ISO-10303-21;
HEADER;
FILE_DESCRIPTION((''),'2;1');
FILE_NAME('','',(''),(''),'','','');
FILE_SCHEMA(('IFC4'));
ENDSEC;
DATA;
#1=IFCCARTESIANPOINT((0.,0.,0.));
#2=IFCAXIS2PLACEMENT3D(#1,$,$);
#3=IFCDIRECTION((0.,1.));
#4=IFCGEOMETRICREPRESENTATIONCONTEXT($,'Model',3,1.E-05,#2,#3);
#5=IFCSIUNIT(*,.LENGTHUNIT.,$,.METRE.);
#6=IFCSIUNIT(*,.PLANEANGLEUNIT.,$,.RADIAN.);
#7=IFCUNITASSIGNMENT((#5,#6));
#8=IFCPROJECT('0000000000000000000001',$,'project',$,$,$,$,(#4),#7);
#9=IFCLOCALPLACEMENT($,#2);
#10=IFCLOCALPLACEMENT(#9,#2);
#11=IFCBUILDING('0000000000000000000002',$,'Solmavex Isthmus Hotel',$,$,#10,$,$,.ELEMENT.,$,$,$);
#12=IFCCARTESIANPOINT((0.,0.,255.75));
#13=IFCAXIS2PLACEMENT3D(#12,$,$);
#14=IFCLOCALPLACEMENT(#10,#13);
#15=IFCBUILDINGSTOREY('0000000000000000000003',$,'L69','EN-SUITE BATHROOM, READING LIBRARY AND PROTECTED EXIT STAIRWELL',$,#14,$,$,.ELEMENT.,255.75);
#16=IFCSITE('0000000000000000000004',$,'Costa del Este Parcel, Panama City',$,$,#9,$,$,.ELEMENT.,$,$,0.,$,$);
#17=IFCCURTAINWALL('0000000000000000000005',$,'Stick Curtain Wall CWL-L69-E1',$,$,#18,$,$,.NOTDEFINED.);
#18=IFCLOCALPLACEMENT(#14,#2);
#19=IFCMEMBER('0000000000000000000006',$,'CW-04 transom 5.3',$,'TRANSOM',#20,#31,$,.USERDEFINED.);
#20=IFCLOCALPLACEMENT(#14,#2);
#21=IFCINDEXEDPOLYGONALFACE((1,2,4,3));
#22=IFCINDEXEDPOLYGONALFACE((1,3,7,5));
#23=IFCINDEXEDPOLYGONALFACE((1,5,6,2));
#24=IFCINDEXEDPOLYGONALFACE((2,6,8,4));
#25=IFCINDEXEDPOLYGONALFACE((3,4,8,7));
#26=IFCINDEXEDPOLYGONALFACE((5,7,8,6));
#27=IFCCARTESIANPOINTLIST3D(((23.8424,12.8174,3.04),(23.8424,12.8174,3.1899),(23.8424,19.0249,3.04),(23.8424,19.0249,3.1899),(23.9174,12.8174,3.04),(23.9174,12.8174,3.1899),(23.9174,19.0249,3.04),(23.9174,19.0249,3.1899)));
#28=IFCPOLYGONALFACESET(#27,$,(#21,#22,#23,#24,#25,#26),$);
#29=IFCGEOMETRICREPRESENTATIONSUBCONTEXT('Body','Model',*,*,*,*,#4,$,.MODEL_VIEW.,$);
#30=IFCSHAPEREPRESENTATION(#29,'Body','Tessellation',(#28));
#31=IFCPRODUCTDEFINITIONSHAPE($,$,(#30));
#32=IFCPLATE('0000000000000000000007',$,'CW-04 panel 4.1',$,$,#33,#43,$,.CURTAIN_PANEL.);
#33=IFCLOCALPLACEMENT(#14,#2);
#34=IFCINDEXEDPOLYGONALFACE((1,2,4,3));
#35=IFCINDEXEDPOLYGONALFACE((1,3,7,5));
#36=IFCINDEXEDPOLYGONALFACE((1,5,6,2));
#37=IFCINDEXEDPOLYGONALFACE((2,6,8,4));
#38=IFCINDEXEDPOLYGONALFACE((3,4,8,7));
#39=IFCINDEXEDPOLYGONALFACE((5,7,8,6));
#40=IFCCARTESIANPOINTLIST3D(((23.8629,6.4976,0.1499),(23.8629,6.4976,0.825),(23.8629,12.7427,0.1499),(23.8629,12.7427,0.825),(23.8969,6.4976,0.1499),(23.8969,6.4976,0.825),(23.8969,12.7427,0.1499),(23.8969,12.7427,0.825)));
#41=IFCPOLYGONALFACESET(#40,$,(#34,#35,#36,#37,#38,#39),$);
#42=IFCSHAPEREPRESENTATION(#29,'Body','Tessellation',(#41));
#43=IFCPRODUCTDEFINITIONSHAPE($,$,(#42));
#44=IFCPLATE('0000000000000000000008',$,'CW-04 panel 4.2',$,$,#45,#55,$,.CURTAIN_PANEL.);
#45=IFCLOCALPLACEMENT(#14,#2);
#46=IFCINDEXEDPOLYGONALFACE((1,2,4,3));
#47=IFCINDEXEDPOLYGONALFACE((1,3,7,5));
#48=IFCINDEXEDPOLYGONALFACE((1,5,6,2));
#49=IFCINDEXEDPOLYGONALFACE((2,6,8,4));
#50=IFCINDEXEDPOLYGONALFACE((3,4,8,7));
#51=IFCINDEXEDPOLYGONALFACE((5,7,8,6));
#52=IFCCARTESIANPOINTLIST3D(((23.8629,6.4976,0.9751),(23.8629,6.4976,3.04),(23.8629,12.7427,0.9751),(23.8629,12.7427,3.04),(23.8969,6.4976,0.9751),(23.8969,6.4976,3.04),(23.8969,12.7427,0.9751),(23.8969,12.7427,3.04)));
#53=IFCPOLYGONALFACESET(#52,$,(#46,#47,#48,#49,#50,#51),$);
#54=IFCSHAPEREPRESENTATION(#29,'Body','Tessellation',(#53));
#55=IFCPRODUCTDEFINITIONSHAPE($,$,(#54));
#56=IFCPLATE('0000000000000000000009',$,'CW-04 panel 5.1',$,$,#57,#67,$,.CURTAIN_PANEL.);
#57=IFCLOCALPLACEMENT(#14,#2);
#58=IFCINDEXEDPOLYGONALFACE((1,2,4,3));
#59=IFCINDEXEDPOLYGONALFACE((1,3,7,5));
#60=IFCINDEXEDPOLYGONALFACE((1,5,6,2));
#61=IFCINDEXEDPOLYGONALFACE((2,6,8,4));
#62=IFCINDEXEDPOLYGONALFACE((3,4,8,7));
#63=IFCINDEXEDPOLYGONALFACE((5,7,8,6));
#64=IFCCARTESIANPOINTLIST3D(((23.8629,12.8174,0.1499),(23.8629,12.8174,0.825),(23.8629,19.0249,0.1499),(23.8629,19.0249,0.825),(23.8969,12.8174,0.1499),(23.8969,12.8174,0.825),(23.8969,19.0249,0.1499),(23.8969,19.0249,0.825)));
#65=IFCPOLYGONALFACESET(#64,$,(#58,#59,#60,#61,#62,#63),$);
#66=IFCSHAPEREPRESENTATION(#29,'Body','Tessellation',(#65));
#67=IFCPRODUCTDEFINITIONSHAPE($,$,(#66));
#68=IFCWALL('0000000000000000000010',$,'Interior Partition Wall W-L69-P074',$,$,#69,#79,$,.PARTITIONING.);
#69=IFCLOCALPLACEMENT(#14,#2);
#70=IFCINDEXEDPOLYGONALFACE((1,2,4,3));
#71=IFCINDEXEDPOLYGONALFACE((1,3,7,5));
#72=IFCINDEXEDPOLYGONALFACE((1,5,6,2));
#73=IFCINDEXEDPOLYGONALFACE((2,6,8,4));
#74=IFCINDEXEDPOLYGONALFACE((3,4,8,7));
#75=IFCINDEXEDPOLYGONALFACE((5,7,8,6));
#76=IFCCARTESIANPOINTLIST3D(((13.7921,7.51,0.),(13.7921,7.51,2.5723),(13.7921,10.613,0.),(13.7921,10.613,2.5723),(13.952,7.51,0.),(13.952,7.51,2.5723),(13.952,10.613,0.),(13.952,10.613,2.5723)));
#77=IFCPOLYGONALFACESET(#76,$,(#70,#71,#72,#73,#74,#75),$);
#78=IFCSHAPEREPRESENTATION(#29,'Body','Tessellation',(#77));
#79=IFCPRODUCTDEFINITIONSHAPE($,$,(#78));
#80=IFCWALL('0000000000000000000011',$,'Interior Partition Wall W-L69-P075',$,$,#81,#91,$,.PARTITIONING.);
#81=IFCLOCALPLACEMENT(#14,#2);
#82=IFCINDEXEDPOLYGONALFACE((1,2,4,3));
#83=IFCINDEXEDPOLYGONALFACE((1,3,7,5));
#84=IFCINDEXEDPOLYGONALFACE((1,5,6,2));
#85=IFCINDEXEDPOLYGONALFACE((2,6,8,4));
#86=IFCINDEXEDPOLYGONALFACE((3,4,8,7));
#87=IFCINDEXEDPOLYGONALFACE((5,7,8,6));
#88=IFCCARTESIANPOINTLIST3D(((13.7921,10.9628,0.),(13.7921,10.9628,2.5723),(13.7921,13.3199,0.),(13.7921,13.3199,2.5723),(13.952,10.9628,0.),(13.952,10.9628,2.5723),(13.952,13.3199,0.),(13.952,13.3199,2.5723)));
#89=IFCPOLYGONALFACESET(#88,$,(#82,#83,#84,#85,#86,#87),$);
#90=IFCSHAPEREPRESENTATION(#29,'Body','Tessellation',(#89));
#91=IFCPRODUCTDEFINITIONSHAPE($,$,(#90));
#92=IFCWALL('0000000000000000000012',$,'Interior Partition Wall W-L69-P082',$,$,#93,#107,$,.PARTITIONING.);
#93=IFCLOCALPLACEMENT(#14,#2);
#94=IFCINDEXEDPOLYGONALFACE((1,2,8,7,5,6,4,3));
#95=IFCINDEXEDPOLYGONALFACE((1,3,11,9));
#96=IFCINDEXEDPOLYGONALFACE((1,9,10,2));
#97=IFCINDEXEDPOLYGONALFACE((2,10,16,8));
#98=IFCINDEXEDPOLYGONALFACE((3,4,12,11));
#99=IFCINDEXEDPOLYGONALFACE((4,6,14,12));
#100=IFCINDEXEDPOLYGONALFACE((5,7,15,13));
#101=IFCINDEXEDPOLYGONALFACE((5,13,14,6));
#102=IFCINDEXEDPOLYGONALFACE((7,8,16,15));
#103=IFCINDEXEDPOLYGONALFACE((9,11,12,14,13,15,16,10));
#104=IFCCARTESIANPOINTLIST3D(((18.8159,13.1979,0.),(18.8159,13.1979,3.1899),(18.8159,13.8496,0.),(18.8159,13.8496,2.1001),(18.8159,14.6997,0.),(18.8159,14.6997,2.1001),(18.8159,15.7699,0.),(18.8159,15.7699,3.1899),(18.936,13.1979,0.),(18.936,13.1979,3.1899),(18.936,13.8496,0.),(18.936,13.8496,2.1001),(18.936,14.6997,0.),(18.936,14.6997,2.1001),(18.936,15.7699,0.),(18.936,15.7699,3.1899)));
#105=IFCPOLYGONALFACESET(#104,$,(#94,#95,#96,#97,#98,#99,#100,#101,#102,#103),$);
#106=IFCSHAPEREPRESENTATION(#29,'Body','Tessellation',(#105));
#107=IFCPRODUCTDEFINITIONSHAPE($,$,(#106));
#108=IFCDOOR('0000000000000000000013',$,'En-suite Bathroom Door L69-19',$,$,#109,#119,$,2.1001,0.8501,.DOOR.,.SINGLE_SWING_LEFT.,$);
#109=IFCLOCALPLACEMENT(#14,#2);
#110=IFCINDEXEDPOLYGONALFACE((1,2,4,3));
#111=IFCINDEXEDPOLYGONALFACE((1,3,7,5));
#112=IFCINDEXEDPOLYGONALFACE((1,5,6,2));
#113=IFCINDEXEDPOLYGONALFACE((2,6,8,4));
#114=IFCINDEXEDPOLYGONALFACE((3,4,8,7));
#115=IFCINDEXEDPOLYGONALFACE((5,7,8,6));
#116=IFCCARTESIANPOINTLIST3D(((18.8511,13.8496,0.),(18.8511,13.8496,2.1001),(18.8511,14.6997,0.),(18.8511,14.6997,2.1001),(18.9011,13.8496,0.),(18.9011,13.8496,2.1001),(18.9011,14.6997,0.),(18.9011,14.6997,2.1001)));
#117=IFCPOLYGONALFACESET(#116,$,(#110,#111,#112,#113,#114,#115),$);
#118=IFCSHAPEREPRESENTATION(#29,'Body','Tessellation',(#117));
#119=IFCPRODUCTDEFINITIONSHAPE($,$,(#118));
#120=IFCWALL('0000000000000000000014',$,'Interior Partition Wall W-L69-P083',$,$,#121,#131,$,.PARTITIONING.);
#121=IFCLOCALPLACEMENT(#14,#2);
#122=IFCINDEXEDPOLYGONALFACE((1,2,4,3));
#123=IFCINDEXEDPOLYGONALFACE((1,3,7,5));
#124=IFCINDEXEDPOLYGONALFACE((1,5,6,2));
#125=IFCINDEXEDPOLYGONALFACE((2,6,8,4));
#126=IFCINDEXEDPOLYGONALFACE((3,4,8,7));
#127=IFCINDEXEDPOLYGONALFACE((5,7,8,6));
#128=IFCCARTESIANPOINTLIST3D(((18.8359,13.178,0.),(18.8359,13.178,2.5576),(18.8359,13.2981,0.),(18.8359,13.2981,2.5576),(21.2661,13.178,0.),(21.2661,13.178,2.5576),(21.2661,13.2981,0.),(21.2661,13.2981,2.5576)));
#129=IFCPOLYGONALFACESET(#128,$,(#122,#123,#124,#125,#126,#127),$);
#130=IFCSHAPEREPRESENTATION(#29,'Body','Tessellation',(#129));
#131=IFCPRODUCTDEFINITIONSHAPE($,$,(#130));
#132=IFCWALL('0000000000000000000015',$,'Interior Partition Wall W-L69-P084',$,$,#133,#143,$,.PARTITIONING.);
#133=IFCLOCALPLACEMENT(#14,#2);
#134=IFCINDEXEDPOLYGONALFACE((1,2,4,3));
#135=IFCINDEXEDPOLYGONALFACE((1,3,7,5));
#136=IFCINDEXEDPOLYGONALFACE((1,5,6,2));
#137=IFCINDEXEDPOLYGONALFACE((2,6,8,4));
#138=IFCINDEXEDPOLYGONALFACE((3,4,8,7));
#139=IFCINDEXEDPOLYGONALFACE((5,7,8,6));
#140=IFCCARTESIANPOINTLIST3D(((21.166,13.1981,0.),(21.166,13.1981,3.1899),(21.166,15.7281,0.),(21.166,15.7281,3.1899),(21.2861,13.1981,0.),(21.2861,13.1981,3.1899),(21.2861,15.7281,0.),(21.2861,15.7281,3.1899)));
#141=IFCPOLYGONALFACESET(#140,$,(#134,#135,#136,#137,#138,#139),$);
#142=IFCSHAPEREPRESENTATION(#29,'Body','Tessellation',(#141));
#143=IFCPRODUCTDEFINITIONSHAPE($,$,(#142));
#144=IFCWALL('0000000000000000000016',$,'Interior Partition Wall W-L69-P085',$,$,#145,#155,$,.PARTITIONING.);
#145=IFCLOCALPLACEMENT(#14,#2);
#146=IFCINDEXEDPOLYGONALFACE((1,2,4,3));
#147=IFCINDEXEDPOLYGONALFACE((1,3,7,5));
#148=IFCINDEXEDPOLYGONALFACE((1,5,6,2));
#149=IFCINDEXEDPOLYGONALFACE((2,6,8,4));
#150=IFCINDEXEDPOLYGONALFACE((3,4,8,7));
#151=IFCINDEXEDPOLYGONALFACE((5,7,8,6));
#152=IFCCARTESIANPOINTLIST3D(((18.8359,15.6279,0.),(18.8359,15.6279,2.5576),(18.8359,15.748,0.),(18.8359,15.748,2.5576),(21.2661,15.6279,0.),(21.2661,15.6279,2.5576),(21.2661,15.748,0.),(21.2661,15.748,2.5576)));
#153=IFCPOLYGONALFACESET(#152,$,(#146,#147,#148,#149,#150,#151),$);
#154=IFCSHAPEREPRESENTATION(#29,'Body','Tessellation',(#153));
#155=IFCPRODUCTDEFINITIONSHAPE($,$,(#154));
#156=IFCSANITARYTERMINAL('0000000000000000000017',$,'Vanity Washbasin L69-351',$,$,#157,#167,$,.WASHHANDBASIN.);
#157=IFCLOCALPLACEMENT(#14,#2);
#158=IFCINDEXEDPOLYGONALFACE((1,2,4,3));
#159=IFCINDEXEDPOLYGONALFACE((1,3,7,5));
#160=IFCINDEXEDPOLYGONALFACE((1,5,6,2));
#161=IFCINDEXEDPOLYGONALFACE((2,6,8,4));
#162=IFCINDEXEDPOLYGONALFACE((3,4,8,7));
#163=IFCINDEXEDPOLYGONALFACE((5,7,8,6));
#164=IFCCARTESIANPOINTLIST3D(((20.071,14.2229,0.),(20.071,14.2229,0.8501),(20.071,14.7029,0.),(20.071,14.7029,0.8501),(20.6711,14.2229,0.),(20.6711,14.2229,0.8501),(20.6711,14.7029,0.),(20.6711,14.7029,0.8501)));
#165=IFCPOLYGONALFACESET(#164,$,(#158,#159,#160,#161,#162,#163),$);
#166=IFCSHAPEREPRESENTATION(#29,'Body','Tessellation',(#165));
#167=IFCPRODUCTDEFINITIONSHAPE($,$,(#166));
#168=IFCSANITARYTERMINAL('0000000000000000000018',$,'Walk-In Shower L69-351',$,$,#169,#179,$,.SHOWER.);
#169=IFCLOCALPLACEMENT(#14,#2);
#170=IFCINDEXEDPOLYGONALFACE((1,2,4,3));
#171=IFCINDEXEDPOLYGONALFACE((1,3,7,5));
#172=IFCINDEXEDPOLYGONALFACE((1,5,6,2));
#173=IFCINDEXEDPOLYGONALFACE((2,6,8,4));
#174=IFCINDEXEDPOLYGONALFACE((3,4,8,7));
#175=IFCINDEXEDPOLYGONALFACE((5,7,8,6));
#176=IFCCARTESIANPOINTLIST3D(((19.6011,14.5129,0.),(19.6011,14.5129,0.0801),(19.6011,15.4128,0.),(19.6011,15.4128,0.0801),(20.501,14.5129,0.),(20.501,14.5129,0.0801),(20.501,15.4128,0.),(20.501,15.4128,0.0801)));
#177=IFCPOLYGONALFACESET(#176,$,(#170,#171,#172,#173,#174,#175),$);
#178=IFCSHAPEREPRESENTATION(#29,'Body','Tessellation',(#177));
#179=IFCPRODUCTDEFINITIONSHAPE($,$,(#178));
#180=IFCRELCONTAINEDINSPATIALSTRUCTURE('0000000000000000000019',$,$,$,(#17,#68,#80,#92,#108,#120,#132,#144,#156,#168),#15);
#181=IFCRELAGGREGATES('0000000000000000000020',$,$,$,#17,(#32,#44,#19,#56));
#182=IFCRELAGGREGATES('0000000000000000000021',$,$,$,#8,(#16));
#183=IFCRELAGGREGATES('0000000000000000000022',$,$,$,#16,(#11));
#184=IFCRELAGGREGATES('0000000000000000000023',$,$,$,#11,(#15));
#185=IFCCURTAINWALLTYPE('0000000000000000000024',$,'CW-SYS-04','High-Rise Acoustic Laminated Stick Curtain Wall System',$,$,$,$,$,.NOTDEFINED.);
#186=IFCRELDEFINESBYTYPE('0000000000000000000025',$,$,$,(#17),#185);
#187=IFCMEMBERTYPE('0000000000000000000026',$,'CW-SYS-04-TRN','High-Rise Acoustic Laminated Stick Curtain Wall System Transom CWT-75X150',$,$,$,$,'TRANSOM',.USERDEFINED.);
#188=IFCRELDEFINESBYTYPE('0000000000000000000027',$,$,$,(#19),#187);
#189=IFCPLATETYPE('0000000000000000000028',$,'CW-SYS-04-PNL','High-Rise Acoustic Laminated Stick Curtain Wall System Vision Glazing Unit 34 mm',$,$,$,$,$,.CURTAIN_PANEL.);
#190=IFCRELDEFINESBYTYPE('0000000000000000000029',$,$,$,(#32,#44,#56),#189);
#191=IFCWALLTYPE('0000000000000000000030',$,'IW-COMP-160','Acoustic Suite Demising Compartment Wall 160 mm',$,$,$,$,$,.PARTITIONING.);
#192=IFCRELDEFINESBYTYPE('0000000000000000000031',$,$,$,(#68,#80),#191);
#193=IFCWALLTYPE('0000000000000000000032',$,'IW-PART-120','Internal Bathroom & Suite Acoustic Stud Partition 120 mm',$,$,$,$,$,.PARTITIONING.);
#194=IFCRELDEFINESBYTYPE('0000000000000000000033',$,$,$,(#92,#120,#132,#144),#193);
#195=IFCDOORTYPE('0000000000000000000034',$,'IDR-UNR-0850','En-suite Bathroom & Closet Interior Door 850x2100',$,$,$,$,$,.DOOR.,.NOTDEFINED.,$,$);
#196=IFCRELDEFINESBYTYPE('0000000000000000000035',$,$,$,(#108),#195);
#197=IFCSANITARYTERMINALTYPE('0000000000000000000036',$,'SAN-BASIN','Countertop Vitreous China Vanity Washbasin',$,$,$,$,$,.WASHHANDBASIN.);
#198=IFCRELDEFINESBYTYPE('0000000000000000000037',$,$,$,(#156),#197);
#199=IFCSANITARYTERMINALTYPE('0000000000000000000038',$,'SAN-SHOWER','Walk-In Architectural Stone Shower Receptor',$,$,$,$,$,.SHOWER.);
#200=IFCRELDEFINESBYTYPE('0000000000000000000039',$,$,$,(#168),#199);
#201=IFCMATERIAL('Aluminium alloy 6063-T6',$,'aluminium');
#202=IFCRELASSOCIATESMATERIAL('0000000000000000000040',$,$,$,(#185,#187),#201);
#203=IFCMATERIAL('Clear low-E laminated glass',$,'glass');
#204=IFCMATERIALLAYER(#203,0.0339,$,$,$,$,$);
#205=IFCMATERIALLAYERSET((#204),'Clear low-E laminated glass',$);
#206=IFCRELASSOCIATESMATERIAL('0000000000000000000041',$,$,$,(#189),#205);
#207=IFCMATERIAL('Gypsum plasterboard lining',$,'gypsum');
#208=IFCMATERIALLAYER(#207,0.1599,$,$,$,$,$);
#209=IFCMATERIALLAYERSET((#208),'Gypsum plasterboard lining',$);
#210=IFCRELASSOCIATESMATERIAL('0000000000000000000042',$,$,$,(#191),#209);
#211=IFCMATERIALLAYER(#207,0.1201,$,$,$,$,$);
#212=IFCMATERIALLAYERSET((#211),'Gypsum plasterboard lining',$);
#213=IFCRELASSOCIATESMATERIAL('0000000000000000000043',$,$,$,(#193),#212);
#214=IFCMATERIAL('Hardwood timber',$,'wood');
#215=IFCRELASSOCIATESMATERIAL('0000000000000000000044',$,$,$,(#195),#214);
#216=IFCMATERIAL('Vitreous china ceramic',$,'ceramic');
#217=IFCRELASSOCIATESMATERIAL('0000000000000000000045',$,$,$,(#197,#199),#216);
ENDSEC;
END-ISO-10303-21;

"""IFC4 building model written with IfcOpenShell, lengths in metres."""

from ifc_helpers import new_model, si_unit, direction, frame, frame_2d, origin, origin_2d, place, context, subcontext, project, spatial, rectangle, extrude, material, layer, layer_set, material_profile, profile_set, type_object, element, fill, aggregate, save


model = new_model("IFC4")

# Units and contexts
model_context = context("Model", 3, precision=1e-05, world=origin(), true_north=direction((0.0, 1.0)))
body_context = subcontext(model_context, "Body", "Model", "MODEL_VIEW")
ifc_project = project(units=[si_unit("LENGTHUNIT", "METRE"), si_unit("PLANEANGLEUNIT", "RADIAN")], contexts=[model_context])

# Site, building, storey
site_placement = place(None, origin())
site = spatial("IfcSite", under=ifc_project, at=site_placement, Name="Costa del Este Parcel, Panama City", CompositionType="ELEMENT", RefElevation=0.0)
building_placement = place(site_placement, origin())
building = spatial("IfcBuilding", under=site, at=building_placement, Name="Solmavex Isthmus Hotel", CompositionType="ELEMENT")
storey_placement = place(building_placement, frame((0.0, 0.0, 255.75)))
storey = spatial("IfcBuildingStorey", under=building, at=storey_placement, Name="L69", Description="EN-SUITE BATHROOM, READING LIBRARY AND PROTECTED EXIT STAIRWELL", CompositionType="ELEMENT", Elevation=255.75)

# Curtain wall, member, plates
ifc_material_1 = material(Name="Aluminium alloy 6063-T6", Category="aluminium")
curtain_wall_type = type_object("IfcCurtainWallType", Name="CW-SYS-04", Description="High-Rise Acoustic Laminated Stick Curtain Wall System", PredefinedType="NOTDEFINED", material=ifc_material_1)
curtain_wall_placement = place(storey_placement, origin())
curtain_wall = element("IfcCurtainWall", 1, at=curtain_wall_placement, inside=storey, type_object=curtain_wall_type, Name="Stick Curtain Wall CWL-L69-E1", PredefinedType="NOTDEFINED")
ifc_material_profile_1 = material_profile(ifc_material_1, rectangle(XDim=0.075, YDim=0.1499, at=origin_2d()), Name="CWT-75X150")
ifc_profile_set_1 = profile_set([ifc_material_profile_1], Name="Aluminium alloy 6063-T6")
member_type_1 = type_object("IfcMemberType", Name="CW-SYS-04-TRN", Description="High-Rise Acoustic Laminated Stick Curtain Wall System Transom CWT-75X150", ElementType="TRANSOM", PredefinedType="USERDEFINED", material=ifc_profile_set_1)
member_1_placement = place(storey_placement, frame((23.8799, 12.8174, 3.115), z_axis=(0.0, 1.0, 0.0), x_axis=(-1.0, 0.0, 0.0)))
member_1 = element("IfcMember", 2, at=member_1_placement, type_object=member_type_1, Name="CW-04 transom 5.3", ObjectType="TRANSOM", PredefinedType="USERDEFINED", context=body_context, shape_type="SweptSolid", body=[
    extrude(rectangle(XDim=0.075, YDim=0.1499, at=origin_2d()), origin(), (0.0, 0.0, 1.0), 6.2075),
])
ifc_material_2 = material(Name="Clear low-E laminated glass", Category="glass")
ifc_layer_1 = layer(ifc_material_2, 0.0339)
ifc_layer_set_1 = layer_set([ifc_layer_1], Name="Clear low-E laminated glass")
plate_type = type_object("IfcPlateType", Name="CW-SYS-04-PNL", Description="High-Rise Acoustic Laminated Stick Curtain Wall System Vision Glazing Unit 34 mm", PredefinedType="CURTAIN_PANEL", material=ifc_layer_set_1)
plate_1_placement = place(storey_placement, frame((23.8799, 9.6201, 0.1499), z_axis=(0.0, 0.0, 1.0), x_axis=(0.0, 1.0, 0.0)))
plate_1 = element("IfcPlate", 3, at=plate_1_placement, type_object=plate_type, Name="CW-04 panel 4.1", PredefinedType="CURTAIN_PANEL", context=body_context, shape_type="SweptSolid", body=[
    extrude(rectangle(XDim=6.2451, YDim=0.0339, at=origin_2d()), origin(), (0.0, 0.0, 1.0), 0.675),
])
plate_2_placement = place(storey_placement, frame((23.8799, 9.6201, 0.9751), z_axis=(0.0, 0.0, 1.0), x_axis=(0.0, 1.0, 0.0)))
plate_2 = element("IfcPlate", 4, at=plate_2_placement, type_object=plate_type, Name="CW-04 panel 4.2", PredefinedType="CURTAIN_PANEL", context=body_context, shape_type="SweptSolid", body=[
    extrude(rectangle(XDim=6.2451, YDim=0.0339, at=origin_2d()), origin(), (0.0, 0.0, 1.0), 2.0649),
])
plate_3_placement = place(storey_placement, frame((23.8799, 15.9211, 0.1499), z_axis=(0.0, 0.0, 1.0), x_axis=(0.0, 1.0, 0.0)))
plate_3 = element("IfcPlate", 5, at=plate_3_placement, type_object=plate_type, Name="CW-04 panel 5.1", PredefinedType="CURTAIN_PANEL", context=body_context, shape_type="SweptSolid", body=[
    extrude(rectangle(XDim=6.2075, YDim=0.0339, at=origin_2d()), origin(), (0.0, 0.0, 1.0), 0.675),
])
aggregate(curtain_wall, [plate_1, plate_2, member_1, plate_3])

# Walls
ifc_material_3 = material(Name="Gypsum plasterboard lining", Category="gypsum")
ifc_layer_2 = layer(ifc_material_3, 0.1599)
ifc_layer_set_2 = layer_set([ifc_layer_2], Name="Gypsum plasterboard lining")
wall_type_1 = type_object("IfcWallType", Name="IW-COMP-160", Description="Acoustic Suite Demising Compartment Wall 160 mm", PredefinedType="PARTITIONING", material=ifc_layer_set_2)
wall_1_placement = place(storey_placement, frame((13.8721, 10.613, 0.0), z_axis=(0.0, 0.0, 1.0), x_axis=(0.0, -1.0, 0.0)))
element("IfcWall", 6, at=wall_1_placement, inside=storey, type_object=wall_type_1, Name="Interior Partition Wall W-L69-P074", PredefinedType="PARTITIONING", context=body_context, shape_type="SweptSolid", body=[
    extrude(rectangle(XDim=3.103, YDim=0.1599, at=frame_2d((1.5515, 0.0))), origin(), (0.0, 0.0, 1.0), 2.5723),
])
wall_2_placement = place(storey_placement, frame((13.8721, 13.3201, 0.0), z_axis=(0.0, 0.0, 1.0), x_axis=(0.0, -1.0, 0.0)))
element("IfcWall", 7, at=wall_2_placement, inside=storey, type_object=wall_type_1, Name="Interior Partition Wall W-L69-P075", PredefinedType="PARTITIONING", context=body_context, shape_type="SweptSolid", body=[
    extrude(rectangle(XDim=2.3572, YDim=0.1599, at=frame_2d((1.1787, 0.0))), origin(), (0.0, 0.0, 1.0), 2.5723),
])

# Wall, opening, door
ifc_material_4 = material(Name="Hardwood timber", Category="wood")
ifc_layer_3 = layer(ifc_material_3, 0.1201)
ifc_layer_set_3 = layer_set([ifc_layer_3], Name="Gypsum plasterboard lining")
wall_type_2 = type_object("IfcWallType", Name="IW-PART-120", Description="Internal Bathroom & Suite Acoustic Stud Partition 120 mm", PredefinedType="PARTITIONING", material=ifc_layer_set_3)
wall_3_placement = place(storey_placement, frame((18.876, 15.77, 0.0), z_axis=(0.0, 0.0, 1.0), x_axis=(0.0, -1.0, 0.0)))
wall_3 = element("IfcWall", 8, at=wall_3_placement, inside=storey, type_object=wall_type_2, Name="Interior Partition Wall W-L69-P082", PredefinedType="PARTITIONING", context=body_context, shape_type="SweptSolid", body=[
    extrude(rectangle(XDim=2.572, YDim=0.1201, at=frame_2d((1.2861, 0.0))), origin(), (0.0, 0.0, 1.0), 3.1899),
])
opening_1_placement = place(wall_3_placement, frame((1.0703, 0.0, 0.0)))
opening_1 = element("IfcOpeningElement", 9, at=opening_1_placement, cuts=wall_3, PredefinedType="OPENING", context=body_context, shape_type="SweptSolid", body=[
    extrude(rectangle(XDim=0.8501, YDim=2.1001, at=frame_2d((0.425, 1.05))), frame((0.0, 0.0701, 0.0), z_axis=(0.0, -1.0, 0.0), x_axis=(1.0, 0.0, 0.0)), (0.0, 0.0, 1.0), 0.1401),
])
door_type_1 = type_object("IfcDoorType", Name="IDR-UNR-0850", Description="En-suite Bathroom & Closet Interior Door 850x2100", OperationType="NOTDEFINED", PredefinedType="DOOR", material=ifc_material_4)
door_1_placement = place(opening_1_placement, frame((0.8501, 0.0, 0.0), z_axis=(0.0, 0.0, 1.0), x_axis=(-1.0, 0.0, 0.0)))
door_1 = element("IfcDoor", 10, at=door_1_placement, inside=storey, type_object=door_type_1, Name="En-suite Bathroom Door L69-19", OperationType="SINGLE_SWING_LEFT", OverallHeight=2.1001, OverallWidth=0.8501, PredefinedType="DOOR", context=body_context, shape_type="SweptSolid", body=[
    extrude(rectangle(XDim=0.8501, YDim=2.1001, at=frame_2d((0.425, 1.05))), frame((0.0, 0.0249, 0.0), z_axis=(0.0, -1.0, 0.0), x_axis=(1.0, 0.0, 0.0)), (0.0, 0.0, 1.0), 0.05),
])
fill(opening_1, door_1)

# Walls
wall_4_placement = place(storey_placement, frame((18.8359, 13.238, 0.0), z_axis=(0.0, 0.0, 1.0), x_axis=(1.0, 0.0, 0.0)))
element("IfcWall", 11, at=wall_4_placement, inside=storey, type_object=wall_type_2, Name="Interior Partition Wall W-L69-P083", PredefinedType="PARTITIONING", context=body_context, shape_type="SweptSolid", body=[
    extrude(rectangle(XDim=2.4302, YDim=0.1201, at=frame_2d((1.2151, 0.0))), origin(), (0.0, 0.0, 1.0), 2.5576),
])
wall_5_placement = place(storey_placement, frame((21.2261, 13.198, 0.0), z_axis=(0.0, 0.0, 1.0), x_axis=(0.0, 1.0, 0.0)))
element("IfcWall", 12, at=wall_5_placement, inside=storey, type_object=wall_type_2, Name="Interior Partition Wall W-L69-P084", PredefinedType="PARTITIONING", context=body_context, shape_type="SweptSolid", body=[
    extrude(rectangle(XDim=2.53, YDim=0.1201, at=frame_2d((1.2651, 0.0))), origin(), (0.0, 0.0, 1.0), 3.1899),
])
wall_6_placement = place(storey_placement, frame((21.2661, 15.688, 0.0), z_axis=(0.0, 0.0, 1.0), x_axis=(-1.0, 0.0, 0.0)))
element("IfcWall", 13, at=wall_6_placement, inside=storey, type_object=wall_type_2, Name="Interior Partition Wall W-L69-P085", PredefinedType="PARTITIONING", context=body_context, shape_type="SweptSolid", body=[
    extrude(rectangle(XDim=2.4302, YDim=0.1201, at=frame_2d((1.2151, 0.0))), origin(), (0.0, 0.0, 1.0), 2.5576),
])

# Sanitary terminals
ifc_material_5 = material(Name="Vitreous china ceramic", Category="ceramic")
sanitary_terminal_type_1 = type_object("IfcSanitaryTerminalType", Name="SAN-BASIN", Description="Countertop Vitreous China Vanity Washbasin", PredefinedType="WASHHANDBASIN", material=ifc_material_5)
sanitary_terminal_1_placement = place(storey_placement, frame((20.3711, 14.4629, 0.0), z_axis=(0.0, 0.0, 1.0), x_axis=(1.0, 0.0, 0.0)))
element("IfcSanitaryTerminal", 14, at=sanitary_terminal_1_placement, inside=storey, type_object=sanitary_terminal_type_1, Name="Vanity Washbasin L69-351", PredefinedType="WASHHANDBASIN", context=body_context, shape_type="SweptSolid", body=[
    extrude(rectangle(XDim=0.6001, YDim=0.48, at=origin_2d()), origin(), (0.0, 0.0, 1.0), 0.8501),
])
sanitary_terminal_type_2 = type_object("IfcSanitaryTerminalType", Name="SAN-SHOWER", Description="Walk-In Architectural Stone Shower Receptor", PredefinedType="SHOWER", material=ifc_material_5)
sanitary_terminal_2_placement = place(storey_placement, frame((20.051, 14.9629, 0.0), z_axis=(0.0, 0.0, 1.0), x_axis=(1.0, 0.0, 0.0)))
element("IfcSanitaryTerminal", 15, at=sanitary_terminal_2_placement, inside=storey, type_object=sanitary_terminal_type_2, Name="Walk-In Shower L69-351", PredefinedType="SHOWER", context=body_context, shape_type="SweptSolid", body=[
    extrude(rectangle(XDim=0.8999, YDim=0.8999, at=origin_2d()), origin(), (0.0, 0.0, 1.0), 0.0801),
])

save(model, "model.ifc")
